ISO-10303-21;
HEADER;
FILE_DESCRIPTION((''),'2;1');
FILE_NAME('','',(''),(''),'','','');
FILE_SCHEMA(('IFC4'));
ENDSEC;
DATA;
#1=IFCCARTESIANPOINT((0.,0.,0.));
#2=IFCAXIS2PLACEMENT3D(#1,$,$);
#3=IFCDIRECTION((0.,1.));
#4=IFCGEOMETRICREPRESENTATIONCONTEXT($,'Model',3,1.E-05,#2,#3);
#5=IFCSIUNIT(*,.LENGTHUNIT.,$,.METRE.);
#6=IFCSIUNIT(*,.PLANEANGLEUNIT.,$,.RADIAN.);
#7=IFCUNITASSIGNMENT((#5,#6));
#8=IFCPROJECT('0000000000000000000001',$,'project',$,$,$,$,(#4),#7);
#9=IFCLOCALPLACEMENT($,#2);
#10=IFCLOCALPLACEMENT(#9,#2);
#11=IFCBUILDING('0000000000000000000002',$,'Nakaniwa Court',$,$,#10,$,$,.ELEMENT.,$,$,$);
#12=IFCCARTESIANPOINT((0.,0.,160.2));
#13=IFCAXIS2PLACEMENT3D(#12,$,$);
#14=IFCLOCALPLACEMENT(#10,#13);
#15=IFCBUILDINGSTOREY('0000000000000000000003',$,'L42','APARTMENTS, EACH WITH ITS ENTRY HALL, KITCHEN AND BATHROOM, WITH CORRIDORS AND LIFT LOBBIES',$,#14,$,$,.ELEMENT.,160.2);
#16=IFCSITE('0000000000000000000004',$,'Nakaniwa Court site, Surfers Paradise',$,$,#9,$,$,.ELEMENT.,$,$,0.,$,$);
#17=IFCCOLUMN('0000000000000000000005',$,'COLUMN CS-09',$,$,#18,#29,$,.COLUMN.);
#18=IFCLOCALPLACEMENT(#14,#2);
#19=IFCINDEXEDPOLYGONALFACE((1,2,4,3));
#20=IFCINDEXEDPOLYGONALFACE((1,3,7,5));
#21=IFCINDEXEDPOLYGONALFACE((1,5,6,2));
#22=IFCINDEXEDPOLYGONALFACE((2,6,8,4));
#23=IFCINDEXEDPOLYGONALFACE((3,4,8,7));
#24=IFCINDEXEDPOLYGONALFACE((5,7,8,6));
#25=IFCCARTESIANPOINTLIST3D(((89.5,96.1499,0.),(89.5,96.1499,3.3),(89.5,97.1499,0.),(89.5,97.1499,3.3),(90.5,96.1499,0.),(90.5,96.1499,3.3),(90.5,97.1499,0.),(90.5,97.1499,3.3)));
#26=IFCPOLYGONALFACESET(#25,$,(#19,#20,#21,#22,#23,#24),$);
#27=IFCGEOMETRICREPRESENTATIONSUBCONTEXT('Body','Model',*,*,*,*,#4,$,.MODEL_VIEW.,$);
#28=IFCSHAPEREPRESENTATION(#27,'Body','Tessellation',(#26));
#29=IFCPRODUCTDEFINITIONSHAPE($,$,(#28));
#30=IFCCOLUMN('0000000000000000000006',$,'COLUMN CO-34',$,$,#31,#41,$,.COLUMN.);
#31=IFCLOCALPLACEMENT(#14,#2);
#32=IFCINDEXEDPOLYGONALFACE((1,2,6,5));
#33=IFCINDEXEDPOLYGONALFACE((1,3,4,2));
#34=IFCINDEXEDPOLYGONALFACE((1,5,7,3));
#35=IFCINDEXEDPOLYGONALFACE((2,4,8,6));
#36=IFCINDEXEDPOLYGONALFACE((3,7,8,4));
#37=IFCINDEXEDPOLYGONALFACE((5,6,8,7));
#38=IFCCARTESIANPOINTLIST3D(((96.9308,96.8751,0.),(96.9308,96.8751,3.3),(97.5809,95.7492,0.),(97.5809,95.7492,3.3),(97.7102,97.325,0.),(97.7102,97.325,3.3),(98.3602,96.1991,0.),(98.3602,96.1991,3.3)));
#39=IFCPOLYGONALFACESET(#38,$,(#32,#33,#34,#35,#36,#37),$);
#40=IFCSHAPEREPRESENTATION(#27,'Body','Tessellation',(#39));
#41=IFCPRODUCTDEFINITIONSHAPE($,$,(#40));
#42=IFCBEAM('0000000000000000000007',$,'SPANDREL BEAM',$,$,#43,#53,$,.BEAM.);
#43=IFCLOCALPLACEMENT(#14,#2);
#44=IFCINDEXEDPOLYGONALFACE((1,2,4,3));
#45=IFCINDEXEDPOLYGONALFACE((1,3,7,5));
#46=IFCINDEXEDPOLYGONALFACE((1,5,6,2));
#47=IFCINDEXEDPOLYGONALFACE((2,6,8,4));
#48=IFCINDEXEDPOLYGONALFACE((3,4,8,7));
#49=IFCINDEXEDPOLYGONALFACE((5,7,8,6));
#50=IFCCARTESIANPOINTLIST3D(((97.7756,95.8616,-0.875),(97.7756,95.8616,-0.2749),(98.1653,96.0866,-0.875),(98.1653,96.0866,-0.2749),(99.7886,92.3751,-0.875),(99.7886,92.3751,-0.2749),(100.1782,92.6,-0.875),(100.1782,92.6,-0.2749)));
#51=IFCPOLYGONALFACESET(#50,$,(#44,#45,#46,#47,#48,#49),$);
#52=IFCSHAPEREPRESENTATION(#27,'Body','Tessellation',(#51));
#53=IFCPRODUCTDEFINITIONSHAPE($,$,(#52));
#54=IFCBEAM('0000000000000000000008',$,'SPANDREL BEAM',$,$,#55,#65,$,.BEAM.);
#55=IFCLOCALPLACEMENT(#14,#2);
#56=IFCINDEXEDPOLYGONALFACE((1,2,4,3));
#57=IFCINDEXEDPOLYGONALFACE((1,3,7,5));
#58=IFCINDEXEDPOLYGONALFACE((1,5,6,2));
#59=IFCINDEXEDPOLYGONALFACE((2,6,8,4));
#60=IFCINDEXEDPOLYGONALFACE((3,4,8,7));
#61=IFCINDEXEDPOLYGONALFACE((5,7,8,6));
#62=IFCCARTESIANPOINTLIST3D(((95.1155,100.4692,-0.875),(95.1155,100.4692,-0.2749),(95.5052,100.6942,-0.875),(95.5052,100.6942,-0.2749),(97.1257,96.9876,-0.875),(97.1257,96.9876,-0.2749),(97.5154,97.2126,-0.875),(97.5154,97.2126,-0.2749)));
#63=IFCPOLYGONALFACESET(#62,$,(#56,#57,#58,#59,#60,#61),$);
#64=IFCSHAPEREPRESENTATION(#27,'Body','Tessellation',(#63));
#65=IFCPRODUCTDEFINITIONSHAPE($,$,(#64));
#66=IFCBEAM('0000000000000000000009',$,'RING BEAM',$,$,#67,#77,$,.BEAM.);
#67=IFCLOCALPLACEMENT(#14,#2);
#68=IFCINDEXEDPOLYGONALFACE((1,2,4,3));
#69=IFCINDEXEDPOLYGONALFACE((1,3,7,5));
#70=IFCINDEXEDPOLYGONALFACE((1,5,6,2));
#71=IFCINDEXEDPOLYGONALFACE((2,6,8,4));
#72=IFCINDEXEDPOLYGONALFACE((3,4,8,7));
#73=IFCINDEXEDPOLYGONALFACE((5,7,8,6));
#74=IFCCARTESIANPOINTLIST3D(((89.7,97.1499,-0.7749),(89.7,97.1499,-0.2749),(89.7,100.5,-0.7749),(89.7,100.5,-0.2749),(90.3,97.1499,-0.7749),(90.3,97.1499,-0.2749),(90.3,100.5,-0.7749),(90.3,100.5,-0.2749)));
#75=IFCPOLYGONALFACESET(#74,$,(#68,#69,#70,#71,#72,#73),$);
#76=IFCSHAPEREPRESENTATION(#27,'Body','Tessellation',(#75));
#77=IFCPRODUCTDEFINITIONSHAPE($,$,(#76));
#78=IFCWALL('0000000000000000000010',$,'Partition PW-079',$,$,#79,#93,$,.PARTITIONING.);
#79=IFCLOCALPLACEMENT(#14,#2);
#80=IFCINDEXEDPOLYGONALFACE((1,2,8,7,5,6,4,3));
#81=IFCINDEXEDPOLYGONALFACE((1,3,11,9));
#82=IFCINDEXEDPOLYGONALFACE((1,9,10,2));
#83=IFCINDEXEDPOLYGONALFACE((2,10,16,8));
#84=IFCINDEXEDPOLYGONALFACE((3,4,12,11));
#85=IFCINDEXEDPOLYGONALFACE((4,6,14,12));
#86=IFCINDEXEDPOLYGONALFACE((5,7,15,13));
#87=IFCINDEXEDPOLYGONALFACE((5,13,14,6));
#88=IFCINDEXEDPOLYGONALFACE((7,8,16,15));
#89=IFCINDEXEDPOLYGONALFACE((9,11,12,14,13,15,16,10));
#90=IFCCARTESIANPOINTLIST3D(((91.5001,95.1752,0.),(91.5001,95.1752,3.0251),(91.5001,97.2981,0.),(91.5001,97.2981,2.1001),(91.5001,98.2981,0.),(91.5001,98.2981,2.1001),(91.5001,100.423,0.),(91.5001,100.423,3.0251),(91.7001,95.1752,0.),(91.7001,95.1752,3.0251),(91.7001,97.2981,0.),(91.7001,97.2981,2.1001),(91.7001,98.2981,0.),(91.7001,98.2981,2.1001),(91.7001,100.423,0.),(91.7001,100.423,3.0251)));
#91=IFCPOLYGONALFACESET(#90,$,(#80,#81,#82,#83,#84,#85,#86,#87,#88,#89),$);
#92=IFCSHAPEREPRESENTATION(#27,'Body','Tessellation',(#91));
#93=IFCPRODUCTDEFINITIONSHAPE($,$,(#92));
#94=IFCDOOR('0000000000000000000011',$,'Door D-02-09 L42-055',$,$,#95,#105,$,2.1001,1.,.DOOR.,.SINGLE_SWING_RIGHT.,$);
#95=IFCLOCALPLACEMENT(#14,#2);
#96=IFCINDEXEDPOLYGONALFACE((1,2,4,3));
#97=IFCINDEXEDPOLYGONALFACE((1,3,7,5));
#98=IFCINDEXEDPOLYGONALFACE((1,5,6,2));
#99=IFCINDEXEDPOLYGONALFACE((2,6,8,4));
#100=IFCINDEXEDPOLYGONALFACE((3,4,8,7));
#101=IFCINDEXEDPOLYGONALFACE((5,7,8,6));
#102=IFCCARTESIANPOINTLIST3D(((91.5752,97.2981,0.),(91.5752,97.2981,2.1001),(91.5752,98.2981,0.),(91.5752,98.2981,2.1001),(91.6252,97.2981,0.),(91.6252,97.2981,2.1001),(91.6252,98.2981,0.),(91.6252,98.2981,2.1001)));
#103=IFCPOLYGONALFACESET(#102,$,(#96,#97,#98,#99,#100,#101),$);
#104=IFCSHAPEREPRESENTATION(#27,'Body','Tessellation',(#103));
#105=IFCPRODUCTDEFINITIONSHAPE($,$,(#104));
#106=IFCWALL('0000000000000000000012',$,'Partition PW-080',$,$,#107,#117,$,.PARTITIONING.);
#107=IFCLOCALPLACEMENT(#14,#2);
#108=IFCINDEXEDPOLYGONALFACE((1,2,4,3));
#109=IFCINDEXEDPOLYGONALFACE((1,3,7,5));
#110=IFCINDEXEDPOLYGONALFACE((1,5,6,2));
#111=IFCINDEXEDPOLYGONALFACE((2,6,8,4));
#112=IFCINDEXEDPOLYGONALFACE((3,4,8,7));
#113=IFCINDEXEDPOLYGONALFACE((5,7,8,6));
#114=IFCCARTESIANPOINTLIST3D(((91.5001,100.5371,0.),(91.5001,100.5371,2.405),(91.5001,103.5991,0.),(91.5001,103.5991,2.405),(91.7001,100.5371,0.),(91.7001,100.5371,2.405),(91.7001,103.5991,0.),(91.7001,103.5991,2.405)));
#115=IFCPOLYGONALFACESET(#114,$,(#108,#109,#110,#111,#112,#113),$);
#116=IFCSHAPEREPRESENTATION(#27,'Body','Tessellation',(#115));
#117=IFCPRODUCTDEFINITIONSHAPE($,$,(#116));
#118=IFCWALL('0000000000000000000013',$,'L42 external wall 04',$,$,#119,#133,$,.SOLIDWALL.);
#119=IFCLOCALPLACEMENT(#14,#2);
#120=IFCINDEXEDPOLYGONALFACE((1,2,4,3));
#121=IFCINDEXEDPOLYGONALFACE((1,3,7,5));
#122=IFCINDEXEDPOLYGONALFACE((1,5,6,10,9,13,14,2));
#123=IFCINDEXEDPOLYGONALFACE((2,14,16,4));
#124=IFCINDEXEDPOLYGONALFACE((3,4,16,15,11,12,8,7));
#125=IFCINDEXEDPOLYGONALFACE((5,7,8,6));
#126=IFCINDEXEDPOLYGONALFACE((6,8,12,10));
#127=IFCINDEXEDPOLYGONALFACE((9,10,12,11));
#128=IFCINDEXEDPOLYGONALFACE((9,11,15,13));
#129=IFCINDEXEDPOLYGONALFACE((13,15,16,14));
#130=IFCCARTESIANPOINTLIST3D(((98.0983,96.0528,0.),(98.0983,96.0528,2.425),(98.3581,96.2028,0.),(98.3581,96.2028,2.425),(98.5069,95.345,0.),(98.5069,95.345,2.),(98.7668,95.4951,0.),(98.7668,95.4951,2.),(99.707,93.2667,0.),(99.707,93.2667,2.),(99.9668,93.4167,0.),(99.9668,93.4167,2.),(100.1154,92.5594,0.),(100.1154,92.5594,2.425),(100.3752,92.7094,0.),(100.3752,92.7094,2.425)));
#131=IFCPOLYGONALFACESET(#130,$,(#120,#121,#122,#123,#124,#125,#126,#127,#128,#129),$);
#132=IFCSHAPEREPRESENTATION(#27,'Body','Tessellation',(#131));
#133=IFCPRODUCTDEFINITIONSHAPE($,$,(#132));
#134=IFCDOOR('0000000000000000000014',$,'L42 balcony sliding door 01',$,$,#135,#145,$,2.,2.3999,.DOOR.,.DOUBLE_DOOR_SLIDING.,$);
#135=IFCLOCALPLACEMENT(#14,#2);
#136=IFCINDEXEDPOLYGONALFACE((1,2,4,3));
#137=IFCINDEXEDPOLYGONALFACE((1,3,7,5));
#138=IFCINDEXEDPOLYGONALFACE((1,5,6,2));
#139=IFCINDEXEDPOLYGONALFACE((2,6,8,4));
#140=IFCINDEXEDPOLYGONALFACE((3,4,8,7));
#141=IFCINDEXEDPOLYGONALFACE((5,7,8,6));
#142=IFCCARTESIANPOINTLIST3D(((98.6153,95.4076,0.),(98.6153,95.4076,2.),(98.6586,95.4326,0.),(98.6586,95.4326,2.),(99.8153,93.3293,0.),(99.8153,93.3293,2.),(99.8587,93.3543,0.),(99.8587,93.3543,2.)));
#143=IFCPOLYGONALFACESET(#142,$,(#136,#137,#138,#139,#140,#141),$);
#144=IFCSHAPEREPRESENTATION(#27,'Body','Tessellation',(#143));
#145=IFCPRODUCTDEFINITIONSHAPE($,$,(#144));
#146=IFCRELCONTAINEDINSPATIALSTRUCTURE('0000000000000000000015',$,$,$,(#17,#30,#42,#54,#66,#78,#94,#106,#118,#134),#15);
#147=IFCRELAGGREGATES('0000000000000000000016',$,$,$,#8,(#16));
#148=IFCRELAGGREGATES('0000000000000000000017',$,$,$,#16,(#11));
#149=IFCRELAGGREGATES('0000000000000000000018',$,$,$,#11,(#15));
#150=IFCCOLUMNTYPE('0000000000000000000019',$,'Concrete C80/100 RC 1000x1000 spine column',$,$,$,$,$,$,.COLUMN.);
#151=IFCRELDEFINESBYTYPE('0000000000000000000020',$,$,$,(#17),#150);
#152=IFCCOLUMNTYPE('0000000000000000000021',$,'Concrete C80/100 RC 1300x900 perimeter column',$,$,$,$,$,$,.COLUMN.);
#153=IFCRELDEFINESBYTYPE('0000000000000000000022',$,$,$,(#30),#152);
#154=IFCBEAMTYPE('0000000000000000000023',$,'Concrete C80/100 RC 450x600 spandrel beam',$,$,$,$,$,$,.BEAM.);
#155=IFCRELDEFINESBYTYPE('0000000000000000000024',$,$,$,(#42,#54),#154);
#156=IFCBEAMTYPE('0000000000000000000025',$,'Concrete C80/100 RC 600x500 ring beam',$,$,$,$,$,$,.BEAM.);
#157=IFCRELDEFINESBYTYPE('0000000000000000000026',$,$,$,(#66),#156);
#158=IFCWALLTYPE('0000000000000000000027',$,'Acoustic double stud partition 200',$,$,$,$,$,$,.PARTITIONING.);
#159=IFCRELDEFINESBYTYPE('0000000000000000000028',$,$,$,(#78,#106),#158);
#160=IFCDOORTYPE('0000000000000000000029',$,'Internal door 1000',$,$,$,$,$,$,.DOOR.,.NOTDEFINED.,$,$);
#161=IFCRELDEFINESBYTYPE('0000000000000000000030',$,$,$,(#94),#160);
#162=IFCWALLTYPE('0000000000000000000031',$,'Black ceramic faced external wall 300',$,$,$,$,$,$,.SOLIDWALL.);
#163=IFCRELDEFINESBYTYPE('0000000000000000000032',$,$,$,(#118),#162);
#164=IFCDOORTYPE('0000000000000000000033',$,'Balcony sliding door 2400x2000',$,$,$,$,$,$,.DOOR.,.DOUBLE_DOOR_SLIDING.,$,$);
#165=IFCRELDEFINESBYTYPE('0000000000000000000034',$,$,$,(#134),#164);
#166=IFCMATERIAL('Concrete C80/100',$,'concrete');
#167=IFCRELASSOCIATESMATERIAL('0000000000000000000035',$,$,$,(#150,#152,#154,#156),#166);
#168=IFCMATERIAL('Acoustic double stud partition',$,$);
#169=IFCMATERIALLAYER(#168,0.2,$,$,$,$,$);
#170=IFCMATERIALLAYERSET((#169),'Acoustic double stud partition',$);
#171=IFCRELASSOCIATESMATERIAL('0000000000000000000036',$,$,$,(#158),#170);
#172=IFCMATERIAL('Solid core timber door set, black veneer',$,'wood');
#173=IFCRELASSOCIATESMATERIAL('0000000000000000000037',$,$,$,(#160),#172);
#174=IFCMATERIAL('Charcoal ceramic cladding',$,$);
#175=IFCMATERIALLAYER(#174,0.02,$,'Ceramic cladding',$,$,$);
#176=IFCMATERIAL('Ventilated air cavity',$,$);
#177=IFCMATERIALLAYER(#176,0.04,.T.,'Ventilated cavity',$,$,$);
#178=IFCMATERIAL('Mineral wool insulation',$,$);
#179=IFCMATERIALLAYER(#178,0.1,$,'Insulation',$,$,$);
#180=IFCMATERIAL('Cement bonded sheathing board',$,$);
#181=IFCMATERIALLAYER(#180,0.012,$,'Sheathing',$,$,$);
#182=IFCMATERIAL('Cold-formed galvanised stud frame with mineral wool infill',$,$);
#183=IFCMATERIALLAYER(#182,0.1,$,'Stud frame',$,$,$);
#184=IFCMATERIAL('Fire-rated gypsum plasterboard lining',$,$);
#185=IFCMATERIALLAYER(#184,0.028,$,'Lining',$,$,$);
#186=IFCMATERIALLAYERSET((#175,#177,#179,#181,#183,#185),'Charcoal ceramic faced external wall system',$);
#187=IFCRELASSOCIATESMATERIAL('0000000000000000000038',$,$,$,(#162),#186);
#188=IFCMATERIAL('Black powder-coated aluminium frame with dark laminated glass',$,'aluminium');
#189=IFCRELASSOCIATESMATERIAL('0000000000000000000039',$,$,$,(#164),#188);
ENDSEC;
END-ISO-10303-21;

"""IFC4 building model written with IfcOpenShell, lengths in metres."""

from ifc_helpers import new_model, si_unit, direction, frame, frame_2d, origin, origin_2d, place, context, subcontext, project, spatial, rectangle, extrude, material, layer, layer_set, material_profile, profile_set, type_object, element, fill, save


model = new_model("IFC4")

# Units and contexts
model_context = context("Model", 3, precision=1e-05, world=origin(), true_north=direction((0.0, 1.0)))
body_context = subcontext(model_context, "Body", "Model", "MODEL_VIEW")
ifc_project = project(units=[si_unit("LENGTHUNIT", "METRE"), si_unit("PLANEANGLEUNIT", "RADIAN")], contexts=[model_context])

# Site, building, storey
site_placement = place(None, origin())
site = spatial("IfcSite", under=ifc_project, at=site_placement, Name="Nakaniwa Court site, Surfers Paradise", CompositionType="ELEMENT", RefElevation=0.0)
building_placement = place(site_placement, origin())
building = spatial("IfcBuilding", under=site, at=building_placement, Name="Nakaniwa Court", CompositionType="ELEMENT")
storey_placement = place(building_placement, frame((0.0, 0.0, 160.2)))
storey = spatial("IfcBuildingStorey", under=building, at=storey_placement, Name="L42", Description="APARTMENTS, EACH WITH ITS ENTRY HALL, KITCHEN AND BATHROOM, WITH CORRIDORS AND LIFT LOBBIES", CompositionType="ELEMENT", Elevation=160.2)

# Columns
ifc_material_1 = material(Name="Concrete C80/100", Category="concrete")
ifc_material_profile_1 = material_profile(ifc_material_1, rectangle(XDim=1.0, YDim=1.0, at=origin_2d()), Name="Concrete C80/100 RC 1000x1000 spine column")
ifc_profile_set_1 = profile_set([ifc_material_profile_1], Name="Concrete C80/100")
column_type_1 = type_object("IfcColumnType", Name="Concrete C80/100 RC 1000x1000 spine column", PredefinedType="COLUMN", material=ifc_profile_set_1)
column_1_placement = place(storey_placement, frame((90.0, 96.6499, 0.0), z_axis=(0.0, 0.0, 1.0), x_axis=(0.0, 1.0, 0.0)))
element("IfcColumn", 1, at=column_1_placement, inside=storey, type_object=column_type_1, Name="COLUMN CS-09", PredefinedType="COLUMN", context=body_context, shape_type="SweptSolid", body=[
    extrude(rectangle(XDim=1.0, YDim=1.0, at=origin_2d()), origin(), (0.0, 0.0, 1.0), 3.3),
])
ifc_material_profile_2 = material_profile(ifc_material_1, rectangle(XDim=1.3, YDim=0.8999, at=origin_2d()), Name="Concrete C80/100 RC 1300x900 perimeter column")
ifc_profile_set_2 = profile_set([ifc_material_profile_2], Name="Concrete C80/100")
column_type_2 = type_object("IfcColumnType", Name="Concrete C80/100 RC 1300x900 perimeter column", PredefinedType="COLUMN", material=ifc_profile_set_2)
column_2_placement = place(storey_placement, frame((97.6455, 96.5371, 0.0), z_axis=(0.0, 0.0, 1.0), x_axis=(-0.5, 0.866025, 0.0)))
element("IfcColumn", 2, at=column_2_placement, inside=storey, type_object=column_type_2, Name="COLUMN CO-34", PredefinedType="COLUMN", context=body_context, shape_type="SweptSolid", body=[
    extrude(rectangle(XDim=1.3, YDim=0.8999, at=origin_2d()), origin(), (0.0, 0.0, 1.0), 3.3),
])

# Beams
ifc_material_profile_3 = material_profile(ifc_material_1, rectangle(XDim=0.45, YDim=0.6001, at=origin_2d()), Name="Concrete C80/100 RC 450x600 spandrel beam")
ifc_profile_set_3 = profile_set([ifc_material_profile_3], Name="Concrete C80/100")
beam_type_1 = type_object("IfcBeamType", Name="Concrete C80/100 RC 450x600 spandrel beam", PredefinedType="BEAM", material=ifc_profile_set_3)
beam_1_placement = place(storey_placement, frame((99.9834, 92.4875, -0.575), z_axis=(-0.499994, 0.866029, 0.0), x_axis=(-0.866029, -0.499994, 0.0)))
element("IfcBeam", 3, at=beam_1_placement, inside=storey, type_object=beam_type_1, Name="SPANDREL BEAM", PredefinedType="BEAM", context=body_context, shape_type="SweptSolid", body=[
    extrude(rectangle(XDim=0.45, YDim=0.6001, at=origin_2d()), origin(), (0.0, 0.0, 1.0), 4.0259),
])
beam_2_placement = place(storey_placement, frame((97.3206, 97.1001, -0.575), z_axis=(-0.500019, 0.866015, 0.0), x_axis=(-0.866015, -0.500019, 0.0)))
element("IfcBeam", 4, at=beam_2_placement, inside=storey, type_object=beam_type_1, Name="SPANDREL BEAM", PredefinedType="BEAM", context=body_context, shape_type="SweptSolid", body=[
    extrude(rectangle(XDim=0.45, YDim=0.6001, at=origin_2d()), origin(), (0.0, 0.0, 1.0), 4.0203),
])
ifc_material_profile_4 = material_profile(ifc_material_1, rectangle(XDim=0.6001, YDim=0.5, at=origin_2d()), Name="Concrete C80/100 RC 600x500 ring beam")
ifc_profile_set_4 = profile_set([ifc_material_profile_4], Name="Concrete C80/100")
beam_type_2 = type_object("IfcBeamType", Name="Concrete C80/100 RC 600x500 ring beam", PredefinedType="BEAM", material=ifc_profile_set_4)
beam_3_placement = place(storey_placement, frame((90.0, 97.1499, -0.5249), z_axis=(0.0, 1.0, 0.0), x_axis=(-1.0, 0.0, 0.0)))
element("IfcBeam", 5, at=beam_3_placement, inside=storey, type_object=beam_type_2, Name="RING BEAM", PredefinedType="BEAM", context=body_context, shape_type="SweptSolid", body=[
    extrude(rectangle(XDim=0.6001, YDim=0.5, at=origin_2d()), origin(), (0.0, 0.0, 1.0), 3.3501),
])

# Wall, opening, door
ifc_material_2 = material(Name="Acoustic double stud partition")
ifc_layer_1 = layer(ifc_material_2, 0.2)
ifc_layer_set_1 = layer_set([ifc_layer_1], Name="Acoustic double stud partition")
wall_type_1 = type_object("IfcWallType", Name="Acoustic double stud partition 200", PredefinedType="PARTITIONING", material=ifc_layer_set_1)
wall_1_placement = place(storey_placement, frame((91.6001, 95.175, 0.0), z_axis=(0.0, 0.0, 1.0), x_axis=(0.0, 1.0, 0.0)))
wall_1 = element("IfcWall", 6, at=wall_1_placement, inside=storey, type_object=wall_type_1, Name="Partition PW-079", PredefinedType="PARTITIONING", context=body_context, shape_type="SweptSolid", body=[
    extrude(rectangle(XDim=5.2478, YDim=0.2, at=frame_2d((2.624, 0.0))), origin(), (0.0, 0.0, 1.0), 3.0251),
])
opening_1_placement = place(wall_1_placement, frame((2.123, 0.0, 0.0)))
opening_1 = element("IfcOpeningElement", 7, at=opening_1_placement, cuts=wall_1, PredefinedType="OPENING", context=body_context, shape_type="SweptSolid", body=[
    extrude(rectangle(XDim=1.0, YDim=2.1001, at=frame_2d((0.5, 1.05))), frame((0.0, 0.1099, 0.0), z_axis=(0.0, -1.0, 0.0), x_axis=(1.0, 0.0, 0.0)), (0.0, 0.0, 1.0), 0.22),
])
ifc_material_3 = material(Name="Solid core timber door set, black veneer", Category="wood")
door_type_1 = type_object("IfcDoorType", Name="Internal door 1000", OperationType="NOTDEFINED", PredefinedType="DOOR", material=ifc_material_3)
door_1_placement = place(opening_1_placement, origin())
door_1 = element("IfcDoor", 8, at=door_1_placement, inside=storey, type_object=door_type_1, Name="Door D-02-09 L42-055", OperationType="SINGLE_SWING_RIGHT", OverallHeight=2.1001, OverallWidth=1.0, PredefinedType="DOOR", context=body_context, shape_type="SweptSolid", body=[
    extrude(rectangle(XDim=1.0, YDim=2.1001, at=frame_2d((0.5, 1.05))), frame((0.0, 0.0249, 0.0), z_axis=(0.0, -1.0, 0.0), x_axis=(1.0, 0.0, 0.0)), (0.0, 0.0, 1.0), 0.05),
])
fill(opening_1, door_1)

# Wall
wall_2_placement = place(storey_placement, frame((91.6001, 100.5371, 0.0), z_axis=(0.0, 0.0, 1.0), x_axis=(0.0, 1.0, 0.0)))
element("IfcWall", 9, at=wall_2_placement, inside=storey, type_object=wall_type_1, Name="Partition PW-080", PredefinedType="PARTITIONING", context=body_context, shape_type="SweptSolid", body=[
    extrude(rectangle(XDim=3.062, YDim=0.2, at=frame_2d((1.531, 0.0))), origin(), (0.0, 0.0, 1.0), 2.405),
])

# Wall, opening, door
ifc_material_4 = material(Name="Charcoal ceramic cladding")
ifc_layer_2 = layer(ifc_material_4, 0.02, Name="Ceramic cladding")
ifc_material_5 = material(Name="Ventilated air cavity")
ifc_layer_3 = layer(ifc_material_5, 0.04, ventilated=True, Name="Ventilated cavity")
ifc_material_6 = material(Name="Mineral wool insulation")
ifc_layer_4 = layer(ifc_material_6, 0.1, Name="Insulation")
ifc_material_7 = material(Name="Cement bonded sheathing board")
ifc_layer_5 = layer(ifc_material_7, 0.012, Name="Sheathing")
ifc_material_8 = material(Name="Cold-formed galvanised stud frame with mineral wool infill")
ifc_layer_6 = layer(ifc_material_8, 0.1, Name="Stud frame")
ifc_material_9 = material(Name="Fire-rated gypsum plasterboard lining")
ifc_layer_7 = layer(ifc_material_9, 0.028, Name="Lining")
ifc_layer_set_2 = layer_set([ifc_layer_2, ifc_layer_3, ifc_layer_4, ifc_layer_5, ifc_layer_6, ifc_layer_7], Name="Charcoal ceramic faced external wall system")
wall_type_2 = type_object("IfcWallType", Name="Black ceramic faced external wall 300", PredefinedType="SOLIDWALL", material=ifc_layer_set_2)
wall_3_placement = place(storey_placement, frame((100.2454, 92.6343, 0.0), z_axis=(0.0, 0.0, 1.0), x_axis=(-0.500032, 0.866007, 0.0)))
wall_3 = element("IfcWall", 10, at=wall_3_placement, inside=storey, type_object=wall_type_2, Name="L42 external wall 04", PredefinedType="SOLIDWALL", context=body_context, shape_type="SweptSolid", body=[
    extrude(rectangle(XDim=4.0339, YDim=0.3, at=frame_2d((2.0171, 0.0))), origin(), (0.0, 0.0, 1.0), 2.425),
])
opening_2_placement = place(wall_3_placement, frame((0.8169, 0.0, 0.0)))
opening_2 = element("IfcOpeningElement", 11, at=opening_2_placement, cuts=wall_3, PredefinedType="OPENING", context=body_context, shape_type="SweptSolid", body=[
    extrude(rectangle(XDim=2.3999, YDim=2.0, at=frame_2d((1.2, 1.0))), frame((0.0, 0.1599, 0.0), z_axis=(0.0, -1.0, 0.0), x_axis=(1.0, 0.0, 0.0)), (0.0, 0.0, 1.0), 0.3201),
])
ifc_material_10 = material(Name="Black powder-coated aluminium frame with dark laminated glass", Category="aluminium")
door_type_2 = type_object("IfcDoorType", Name="Balcony sliding door 2400x2000", OperationType="DOUBLE_DOOR_SLIDING", PredefinedType="DOOR", material=ifc_material_10)
door_2_placement = place(opening_2_placement, origin())
door_2 = element("IfcDoor", 12, at=door_2_placement, inside=storey, type_object=door_type_2, Name="L42 balcony sliding door 01", OperationType="DOUBLE_DOOR_SLIDING", OverallHeight=2.0, OverallWidth=2.3999, PredefinedType="DOOR", context=body_context, shape_type="SweptSolid", body=[
    extrude(rectangle(XDim=2.3999, YDim=2.0, at=frame_2d((1.2, 1.0))), frame((0.0, 0.0249, 0.0), z_axis=(0.0, -1.0, 0.0), x_axis=(1.0, 0.0, 0.0)), (0.0, 0.0, 1.0), 0.05),
])
fill(opening_2, door_2)

save(model, "model.ifc")
